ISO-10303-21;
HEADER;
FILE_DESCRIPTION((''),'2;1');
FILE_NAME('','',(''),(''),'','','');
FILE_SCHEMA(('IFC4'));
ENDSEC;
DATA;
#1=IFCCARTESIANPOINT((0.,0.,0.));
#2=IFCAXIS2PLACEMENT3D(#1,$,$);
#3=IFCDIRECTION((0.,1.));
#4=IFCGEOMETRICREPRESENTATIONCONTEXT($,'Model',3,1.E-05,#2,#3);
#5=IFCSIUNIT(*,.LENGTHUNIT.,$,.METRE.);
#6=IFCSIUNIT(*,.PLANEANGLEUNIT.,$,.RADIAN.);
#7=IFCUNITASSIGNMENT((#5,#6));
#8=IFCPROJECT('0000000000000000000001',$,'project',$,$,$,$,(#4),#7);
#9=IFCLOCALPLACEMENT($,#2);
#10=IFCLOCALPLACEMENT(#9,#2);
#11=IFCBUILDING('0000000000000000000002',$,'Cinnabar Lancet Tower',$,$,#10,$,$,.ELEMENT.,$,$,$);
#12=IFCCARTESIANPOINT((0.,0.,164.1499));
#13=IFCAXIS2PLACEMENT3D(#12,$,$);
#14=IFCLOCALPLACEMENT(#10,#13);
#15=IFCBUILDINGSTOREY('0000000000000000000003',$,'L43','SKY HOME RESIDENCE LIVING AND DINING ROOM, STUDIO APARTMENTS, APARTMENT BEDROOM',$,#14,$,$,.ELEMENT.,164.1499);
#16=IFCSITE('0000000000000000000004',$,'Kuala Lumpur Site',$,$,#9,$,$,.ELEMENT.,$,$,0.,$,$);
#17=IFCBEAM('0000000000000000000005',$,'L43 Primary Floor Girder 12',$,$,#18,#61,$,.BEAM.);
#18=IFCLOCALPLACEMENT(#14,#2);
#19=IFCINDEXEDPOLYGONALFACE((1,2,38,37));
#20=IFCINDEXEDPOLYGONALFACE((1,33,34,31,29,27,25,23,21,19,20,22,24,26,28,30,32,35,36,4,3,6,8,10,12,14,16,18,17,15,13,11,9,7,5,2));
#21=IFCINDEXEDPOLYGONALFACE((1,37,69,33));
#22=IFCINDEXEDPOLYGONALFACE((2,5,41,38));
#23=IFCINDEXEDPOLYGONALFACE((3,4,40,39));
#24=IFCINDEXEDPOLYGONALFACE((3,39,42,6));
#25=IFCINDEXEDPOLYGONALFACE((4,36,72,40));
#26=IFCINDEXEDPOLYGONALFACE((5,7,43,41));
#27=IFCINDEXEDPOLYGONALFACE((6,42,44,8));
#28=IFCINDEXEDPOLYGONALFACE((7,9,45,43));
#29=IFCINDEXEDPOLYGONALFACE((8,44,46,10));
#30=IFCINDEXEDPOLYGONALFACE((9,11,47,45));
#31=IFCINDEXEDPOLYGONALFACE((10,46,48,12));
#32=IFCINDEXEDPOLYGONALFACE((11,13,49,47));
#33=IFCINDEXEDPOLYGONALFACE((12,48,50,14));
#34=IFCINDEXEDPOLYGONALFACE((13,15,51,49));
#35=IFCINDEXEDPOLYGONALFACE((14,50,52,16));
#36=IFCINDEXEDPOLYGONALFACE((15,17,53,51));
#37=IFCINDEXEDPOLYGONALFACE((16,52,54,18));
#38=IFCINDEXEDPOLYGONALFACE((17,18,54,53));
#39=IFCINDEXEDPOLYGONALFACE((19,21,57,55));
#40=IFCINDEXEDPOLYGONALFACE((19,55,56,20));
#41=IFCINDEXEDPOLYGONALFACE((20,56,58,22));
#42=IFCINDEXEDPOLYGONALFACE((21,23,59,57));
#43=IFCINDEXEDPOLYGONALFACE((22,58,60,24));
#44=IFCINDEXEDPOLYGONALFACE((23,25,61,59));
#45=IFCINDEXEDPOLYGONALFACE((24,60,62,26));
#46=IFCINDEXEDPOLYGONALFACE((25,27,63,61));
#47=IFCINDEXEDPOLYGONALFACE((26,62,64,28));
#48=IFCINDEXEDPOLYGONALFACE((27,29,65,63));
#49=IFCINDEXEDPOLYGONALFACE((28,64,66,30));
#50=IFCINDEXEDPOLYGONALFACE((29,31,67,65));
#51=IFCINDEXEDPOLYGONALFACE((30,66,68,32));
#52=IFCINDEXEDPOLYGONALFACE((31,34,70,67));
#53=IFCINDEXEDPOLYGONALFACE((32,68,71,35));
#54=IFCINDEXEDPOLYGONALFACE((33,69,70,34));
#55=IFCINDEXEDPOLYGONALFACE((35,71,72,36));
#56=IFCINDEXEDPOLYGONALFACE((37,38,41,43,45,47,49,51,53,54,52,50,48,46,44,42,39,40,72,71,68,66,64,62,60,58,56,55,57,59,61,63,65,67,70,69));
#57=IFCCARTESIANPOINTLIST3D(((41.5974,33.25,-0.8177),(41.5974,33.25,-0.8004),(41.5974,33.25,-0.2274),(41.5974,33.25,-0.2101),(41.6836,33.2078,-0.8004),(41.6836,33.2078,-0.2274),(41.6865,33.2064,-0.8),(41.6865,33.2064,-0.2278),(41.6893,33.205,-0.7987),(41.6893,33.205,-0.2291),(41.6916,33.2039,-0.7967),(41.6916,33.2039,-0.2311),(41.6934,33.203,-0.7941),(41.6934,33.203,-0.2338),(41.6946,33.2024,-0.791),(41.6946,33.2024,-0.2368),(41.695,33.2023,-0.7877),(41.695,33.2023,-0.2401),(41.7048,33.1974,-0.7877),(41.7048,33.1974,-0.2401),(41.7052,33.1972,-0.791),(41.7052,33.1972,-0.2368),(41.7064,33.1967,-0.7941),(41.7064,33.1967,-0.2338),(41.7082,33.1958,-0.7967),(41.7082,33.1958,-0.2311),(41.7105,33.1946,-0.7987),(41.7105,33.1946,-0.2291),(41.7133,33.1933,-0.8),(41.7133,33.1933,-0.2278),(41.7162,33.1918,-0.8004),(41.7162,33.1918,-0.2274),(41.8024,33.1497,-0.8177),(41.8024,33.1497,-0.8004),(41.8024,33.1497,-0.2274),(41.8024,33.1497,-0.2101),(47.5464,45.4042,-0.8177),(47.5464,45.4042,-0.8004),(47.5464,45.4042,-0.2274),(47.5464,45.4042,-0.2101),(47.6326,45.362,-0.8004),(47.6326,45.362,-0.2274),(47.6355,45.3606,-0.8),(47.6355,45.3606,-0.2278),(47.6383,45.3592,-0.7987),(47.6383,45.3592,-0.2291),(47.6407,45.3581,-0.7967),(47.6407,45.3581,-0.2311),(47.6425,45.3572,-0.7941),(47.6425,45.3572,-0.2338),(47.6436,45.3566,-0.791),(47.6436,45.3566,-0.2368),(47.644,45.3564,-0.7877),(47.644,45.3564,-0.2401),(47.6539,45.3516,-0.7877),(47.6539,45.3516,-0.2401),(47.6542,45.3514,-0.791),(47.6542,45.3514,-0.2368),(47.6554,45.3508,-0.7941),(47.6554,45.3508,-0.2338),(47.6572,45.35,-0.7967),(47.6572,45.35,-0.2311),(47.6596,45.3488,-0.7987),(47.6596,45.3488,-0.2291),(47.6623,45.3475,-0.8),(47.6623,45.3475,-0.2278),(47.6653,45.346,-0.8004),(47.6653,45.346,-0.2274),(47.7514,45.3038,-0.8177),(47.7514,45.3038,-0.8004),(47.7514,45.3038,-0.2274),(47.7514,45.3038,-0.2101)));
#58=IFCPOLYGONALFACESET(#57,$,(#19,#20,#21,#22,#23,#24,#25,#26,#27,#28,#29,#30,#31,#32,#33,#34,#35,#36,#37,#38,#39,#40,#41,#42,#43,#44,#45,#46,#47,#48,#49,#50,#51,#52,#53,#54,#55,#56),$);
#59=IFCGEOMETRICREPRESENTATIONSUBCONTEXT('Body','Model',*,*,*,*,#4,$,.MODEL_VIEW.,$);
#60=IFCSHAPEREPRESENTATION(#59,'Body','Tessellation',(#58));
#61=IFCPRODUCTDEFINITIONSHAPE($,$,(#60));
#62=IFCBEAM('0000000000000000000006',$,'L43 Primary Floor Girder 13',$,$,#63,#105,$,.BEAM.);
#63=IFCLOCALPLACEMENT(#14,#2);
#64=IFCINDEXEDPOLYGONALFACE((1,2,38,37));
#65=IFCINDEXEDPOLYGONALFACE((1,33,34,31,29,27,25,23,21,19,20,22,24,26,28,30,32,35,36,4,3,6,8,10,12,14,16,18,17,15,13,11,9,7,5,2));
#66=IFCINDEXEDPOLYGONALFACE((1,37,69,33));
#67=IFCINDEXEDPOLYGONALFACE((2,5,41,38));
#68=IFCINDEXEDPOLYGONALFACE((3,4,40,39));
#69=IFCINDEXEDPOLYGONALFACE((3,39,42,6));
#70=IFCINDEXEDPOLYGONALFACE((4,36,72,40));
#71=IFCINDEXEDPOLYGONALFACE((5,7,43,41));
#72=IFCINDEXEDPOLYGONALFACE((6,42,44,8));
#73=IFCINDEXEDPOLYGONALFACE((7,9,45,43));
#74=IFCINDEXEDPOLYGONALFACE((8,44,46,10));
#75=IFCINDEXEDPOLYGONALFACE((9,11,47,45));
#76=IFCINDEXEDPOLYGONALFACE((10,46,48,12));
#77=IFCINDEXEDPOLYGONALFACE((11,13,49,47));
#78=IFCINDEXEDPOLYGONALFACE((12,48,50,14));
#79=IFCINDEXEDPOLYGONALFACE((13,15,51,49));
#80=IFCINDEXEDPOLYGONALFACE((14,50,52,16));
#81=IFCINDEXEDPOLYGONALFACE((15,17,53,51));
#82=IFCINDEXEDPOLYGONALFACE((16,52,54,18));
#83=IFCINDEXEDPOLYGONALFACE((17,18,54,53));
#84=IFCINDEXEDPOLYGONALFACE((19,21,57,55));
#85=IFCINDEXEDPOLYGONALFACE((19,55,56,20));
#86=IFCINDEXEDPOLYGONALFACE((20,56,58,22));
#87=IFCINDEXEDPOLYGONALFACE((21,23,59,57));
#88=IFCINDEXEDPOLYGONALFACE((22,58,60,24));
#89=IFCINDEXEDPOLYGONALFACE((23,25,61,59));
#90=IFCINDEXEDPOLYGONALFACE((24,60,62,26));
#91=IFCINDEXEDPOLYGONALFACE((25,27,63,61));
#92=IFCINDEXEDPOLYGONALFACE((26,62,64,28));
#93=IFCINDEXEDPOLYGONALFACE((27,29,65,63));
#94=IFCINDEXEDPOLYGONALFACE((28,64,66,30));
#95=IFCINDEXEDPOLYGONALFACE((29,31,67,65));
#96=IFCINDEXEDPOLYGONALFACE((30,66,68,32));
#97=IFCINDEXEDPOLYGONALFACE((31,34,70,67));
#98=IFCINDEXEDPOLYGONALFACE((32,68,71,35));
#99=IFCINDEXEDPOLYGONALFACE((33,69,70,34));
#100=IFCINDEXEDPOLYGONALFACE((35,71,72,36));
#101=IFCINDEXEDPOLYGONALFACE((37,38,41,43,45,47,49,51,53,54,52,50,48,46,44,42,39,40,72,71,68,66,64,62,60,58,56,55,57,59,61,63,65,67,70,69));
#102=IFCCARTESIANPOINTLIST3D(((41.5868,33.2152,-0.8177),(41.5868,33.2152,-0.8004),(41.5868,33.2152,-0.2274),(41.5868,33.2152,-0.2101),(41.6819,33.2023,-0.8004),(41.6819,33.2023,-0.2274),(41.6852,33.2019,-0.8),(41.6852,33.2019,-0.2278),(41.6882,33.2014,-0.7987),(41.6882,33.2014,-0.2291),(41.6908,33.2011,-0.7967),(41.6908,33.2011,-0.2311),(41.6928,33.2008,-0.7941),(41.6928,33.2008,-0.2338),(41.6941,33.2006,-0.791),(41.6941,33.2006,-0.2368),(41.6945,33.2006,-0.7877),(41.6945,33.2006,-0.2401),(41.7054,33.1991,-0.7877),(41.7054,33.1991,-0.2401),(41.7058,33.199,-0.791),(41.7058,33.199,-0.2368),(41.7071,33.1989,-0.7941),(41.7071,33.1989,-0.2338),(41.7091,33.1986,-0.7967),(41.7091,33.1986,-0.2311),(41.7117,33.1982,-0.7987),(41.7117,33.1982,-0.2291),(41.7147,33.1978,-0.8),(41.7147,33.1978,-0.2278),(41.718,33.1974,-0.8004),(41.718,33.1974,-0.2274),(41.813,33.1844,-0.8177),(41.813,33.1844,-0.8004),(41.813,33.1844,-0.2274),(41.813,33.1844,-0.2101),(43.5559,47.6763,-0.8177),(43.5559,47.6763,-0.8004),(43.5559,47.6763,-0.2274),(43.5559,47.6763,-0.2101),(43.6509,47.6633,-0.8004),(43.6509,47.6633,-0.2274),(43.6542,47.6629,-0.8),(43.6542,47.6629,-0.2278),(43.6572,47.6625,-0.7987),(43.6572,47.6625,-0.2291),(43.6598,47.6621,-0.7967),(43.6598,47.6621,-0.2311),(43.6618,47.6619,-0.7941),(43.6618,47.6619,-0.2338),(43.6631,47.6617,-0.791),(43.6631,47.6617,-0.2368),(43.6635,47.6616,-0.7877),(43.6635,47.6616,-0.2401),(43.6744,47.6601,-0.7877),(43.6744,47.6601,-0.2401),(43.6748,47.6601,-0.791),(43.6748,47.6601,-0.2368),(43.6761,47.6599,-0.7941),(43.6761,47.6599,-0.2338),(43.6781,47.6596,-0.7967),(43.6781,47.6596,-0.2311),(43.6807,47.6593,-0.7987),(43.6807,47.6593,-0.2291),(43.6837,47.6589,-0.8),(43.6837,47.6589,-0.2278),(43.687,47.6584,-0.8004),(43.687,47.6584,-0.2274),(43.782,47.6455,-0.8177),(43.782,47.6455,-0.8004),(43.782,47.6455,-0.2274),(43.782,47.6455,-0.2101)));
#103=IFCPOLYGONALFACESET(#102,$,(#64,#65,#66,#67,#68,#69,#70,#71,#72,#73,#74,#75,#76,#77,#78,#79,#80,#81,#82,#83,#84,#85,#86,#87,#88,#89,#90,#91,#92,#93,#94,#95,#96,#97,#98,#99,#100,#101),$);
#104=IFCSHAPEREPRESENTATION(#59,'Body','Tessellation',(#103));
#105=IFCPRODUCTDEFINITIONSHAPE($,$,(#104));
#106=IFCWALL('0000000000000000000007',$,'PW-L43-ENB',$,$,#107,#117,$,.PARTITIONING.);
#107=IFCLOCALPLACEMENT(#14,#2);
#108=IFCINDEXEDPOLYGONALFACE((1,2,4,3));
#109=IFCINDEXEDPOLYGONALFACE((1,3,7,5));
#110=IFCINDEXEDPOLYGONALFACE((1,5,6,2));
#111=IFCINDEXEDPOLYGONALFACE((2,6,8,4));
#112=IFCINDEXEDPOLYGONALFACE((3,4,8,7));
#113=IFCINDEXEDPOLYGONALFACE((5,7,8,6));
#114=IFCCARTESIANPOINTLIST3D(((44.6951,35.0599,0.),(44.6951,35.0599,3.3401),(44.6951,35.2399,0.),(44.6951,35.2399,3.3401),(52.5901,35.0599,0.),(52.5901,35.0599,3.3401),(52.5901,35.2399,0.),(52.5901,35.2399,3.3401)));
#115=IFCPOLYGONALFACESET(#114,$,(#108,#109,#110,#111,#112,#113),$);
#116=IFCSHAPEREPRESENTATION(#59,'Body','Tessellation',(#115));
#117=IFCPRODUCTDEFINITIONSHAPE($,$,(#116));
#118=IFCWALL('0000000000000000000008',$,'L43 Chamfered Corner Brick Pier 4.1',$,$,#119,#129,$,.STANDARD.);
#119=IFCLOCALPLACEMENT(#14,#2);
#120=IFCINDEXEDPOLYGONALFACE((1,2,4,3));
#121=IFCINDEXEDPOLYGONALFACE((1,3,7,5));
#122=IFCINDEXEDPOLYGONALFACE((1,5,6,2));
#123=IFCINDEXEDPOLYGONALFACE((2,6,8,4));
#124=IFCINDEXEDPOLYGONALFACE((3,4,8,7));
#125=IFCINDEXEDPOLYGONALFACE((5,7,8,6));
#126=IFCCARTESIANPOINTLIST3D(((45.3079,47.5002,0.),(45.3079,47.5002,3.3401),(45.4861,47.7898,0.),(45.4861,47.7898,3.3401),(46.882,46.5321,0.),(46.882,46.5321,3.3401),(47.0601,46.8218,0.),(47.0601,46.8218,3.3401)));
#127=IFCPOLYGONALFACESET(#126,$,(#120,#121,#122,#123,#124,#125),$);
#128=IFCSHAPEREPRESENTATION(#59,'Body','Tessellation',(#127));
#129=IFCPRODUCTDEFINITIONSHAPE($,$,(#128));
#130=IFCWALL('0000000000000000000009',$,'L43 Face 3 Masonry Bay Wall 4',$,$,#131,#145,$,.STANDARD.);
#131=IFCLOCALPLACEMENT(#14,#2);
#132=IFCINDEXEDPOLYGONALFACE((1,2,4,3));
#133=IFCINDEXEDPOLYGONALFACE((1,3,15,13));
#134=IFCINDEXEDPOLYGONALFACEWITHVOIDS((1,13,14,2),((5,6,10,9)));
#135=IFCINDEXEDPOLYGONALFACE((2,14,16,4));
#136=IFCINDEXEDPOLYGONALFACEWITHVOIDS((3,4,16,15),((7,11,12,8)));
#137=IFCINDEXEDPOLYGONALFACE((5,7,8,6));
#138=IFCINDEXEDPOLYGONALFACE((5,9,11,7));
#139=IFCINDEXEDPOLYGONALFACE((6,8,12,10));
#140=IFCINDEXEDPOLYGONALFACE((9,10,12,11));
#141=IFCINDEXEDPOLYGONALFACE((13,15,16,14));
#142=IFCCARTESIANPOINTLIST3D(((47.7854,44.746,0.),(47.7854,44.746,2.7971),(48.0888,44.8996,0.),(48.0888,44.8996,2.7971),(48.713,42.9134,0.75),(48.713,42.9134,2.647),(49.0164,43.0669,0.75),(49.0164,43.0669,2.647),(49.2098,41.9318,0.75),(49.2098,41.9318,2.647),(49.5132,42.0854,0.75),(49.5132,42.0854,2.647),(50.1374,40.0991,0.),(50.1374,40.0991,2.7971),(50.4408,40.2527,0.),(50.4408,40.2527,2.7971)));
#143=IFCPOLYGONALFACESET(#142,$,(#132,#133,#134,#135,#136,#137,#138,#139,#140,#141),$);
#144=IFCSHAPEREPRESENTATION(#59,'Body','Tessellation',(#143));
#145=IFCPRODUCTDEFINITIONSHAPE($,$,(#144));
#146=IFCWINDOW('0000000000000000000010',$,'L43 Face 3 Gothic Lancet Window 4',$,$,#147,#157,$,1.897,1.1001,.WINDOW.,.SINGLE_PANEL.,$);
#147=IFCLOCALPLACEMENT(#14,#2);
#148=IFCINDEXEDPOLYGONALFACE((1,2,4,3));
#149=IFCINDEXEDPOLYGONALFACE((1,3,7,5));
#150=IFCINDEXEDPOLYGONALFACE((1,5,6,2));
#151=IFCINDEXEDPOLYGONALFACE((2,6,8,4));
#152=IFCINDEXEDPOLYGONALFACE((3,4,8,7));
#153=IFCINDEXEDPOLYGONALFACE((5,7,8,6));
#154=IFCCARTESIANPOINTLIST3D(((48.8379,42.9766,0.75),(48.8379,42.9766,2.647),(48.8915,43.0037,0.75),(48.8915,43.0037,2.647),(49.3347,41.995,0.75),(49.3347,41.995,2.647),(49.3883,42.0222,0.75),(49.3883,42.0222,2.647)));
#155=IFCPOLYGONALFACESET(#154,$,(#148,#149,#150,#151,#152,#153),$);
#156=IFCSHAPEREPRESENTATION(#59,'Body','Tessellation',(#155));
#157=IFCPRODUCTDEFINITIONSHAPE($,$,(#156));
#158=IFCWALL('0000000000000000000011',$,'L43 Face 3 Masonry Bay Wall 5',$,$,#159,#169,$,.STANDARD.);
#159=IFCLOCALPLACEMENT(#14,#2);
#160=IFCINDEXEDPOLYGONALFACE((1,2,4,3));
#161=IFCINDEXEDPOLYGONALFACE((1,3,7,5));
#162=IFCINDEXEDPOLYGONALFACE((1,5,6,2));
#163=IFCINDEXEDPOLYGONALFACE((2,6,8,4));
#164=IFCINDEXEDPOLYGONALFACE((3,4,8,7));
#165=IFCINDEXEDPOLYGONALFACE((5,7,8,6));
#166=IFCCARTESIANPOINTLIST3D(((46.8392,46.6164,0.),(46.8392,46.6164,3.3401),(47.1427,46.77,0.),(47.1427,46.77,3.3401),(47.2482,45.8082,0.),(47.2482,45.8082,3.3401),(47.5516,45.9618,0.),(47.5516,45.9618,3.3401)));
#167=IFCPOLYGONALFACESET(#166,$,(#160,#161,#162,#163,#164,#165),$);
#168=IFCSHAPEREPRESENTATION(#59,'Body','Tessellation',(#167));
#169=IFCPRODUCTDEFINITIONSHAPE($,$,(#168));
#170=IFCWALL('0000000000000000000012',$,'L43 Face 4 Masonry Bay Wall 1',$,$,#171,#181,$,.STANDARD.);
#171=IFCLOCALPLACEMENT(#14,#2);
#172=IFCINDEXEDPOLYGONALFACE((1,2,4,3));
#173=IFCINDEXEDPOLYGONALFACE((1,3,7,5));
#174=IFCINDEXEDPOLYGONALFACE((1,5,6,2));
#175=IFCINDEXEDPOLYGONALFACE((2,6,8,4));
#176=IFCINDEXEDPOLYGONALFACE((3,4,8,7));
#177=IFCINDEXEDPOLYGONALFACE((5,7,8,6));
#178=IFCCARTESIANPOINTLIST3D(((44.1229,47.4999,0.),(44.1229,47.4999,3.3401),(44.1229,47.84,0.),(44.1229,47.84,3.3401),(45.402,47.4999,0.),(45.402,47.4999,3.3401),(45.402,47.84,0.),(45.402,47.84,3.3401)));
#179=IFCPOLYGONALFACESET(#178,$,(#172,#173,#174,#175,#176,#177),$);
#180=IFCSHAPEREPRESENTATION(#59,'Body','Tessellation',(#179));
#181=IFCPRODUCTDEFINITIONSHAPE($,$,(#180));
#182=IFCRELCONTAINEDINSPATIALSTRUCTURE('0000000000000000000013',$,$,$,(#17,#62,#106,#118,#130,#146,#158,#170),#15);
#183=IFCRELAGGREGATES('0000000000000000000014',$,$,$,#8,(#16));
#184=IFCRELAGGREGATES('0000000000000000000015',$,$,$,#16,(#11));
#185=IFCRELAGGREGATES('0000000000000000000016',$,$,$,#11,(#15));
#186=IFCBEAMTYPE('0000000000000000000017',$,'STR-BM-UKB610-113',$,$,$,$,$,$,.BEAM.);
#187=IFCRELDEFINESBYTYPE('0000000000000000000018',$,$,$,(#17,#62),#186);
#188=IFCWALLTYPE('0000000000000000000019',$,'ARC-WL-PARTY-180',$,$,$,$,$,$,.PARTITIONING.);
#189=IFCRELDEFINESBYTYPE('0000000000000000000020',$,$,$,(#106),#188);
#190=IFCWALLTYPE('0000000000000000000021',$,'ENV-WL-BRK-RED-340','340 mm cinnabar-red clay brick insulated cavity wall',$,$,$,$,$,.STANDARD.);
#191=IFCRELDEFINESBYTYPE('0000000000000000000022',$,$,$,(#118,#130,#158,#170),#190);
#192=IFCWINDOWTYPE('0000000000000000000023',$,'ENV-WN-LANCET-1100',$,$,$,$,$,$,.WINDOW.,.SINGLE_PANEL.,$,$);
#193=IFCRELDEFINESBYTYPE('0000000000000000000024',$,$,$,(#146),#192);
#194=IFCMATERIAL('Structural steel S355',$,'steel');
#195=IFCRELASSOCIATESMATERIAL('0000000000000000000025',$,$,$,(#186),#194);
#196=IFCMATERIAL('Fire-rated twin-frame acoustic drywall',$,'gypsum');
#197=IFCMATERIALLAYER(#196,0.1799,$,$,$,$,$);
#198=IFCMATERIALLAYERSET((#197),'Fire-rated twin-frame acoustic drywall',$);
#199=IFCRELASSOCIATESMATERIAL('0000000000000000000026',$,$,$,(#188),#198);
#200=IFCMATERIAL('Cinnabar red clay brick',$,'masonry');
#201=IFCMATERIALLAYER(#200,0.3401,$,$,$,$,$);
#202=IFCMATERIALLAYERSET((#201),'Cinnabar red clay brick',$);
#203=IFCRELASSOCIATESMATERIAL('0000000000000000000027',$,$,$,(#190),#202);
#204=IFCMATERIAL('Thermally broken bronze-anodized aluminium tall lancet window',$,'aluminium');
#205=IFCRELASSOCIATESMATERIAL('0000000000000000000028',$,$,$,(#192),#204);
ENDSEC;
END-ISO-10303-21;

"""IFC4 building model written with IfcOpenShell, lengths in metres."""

from ifc_helpers import new_model, si_unit, direction, frame, frame_2d, origin, origin_2d, place, context, subcontext, project, spatial, rectangle, i_section, extrude, material, layer, layer_set, material_profile, profile_set, type_object, element, fill, save


model = new_model("IFC4")

# Units and contexts
model_context = context("Model", 3, precision=1e-05, world=origin(), true_north=direction((0.0, 1.0)))
body_context = subcontext(model_context, "Body", "Model", "MODEL_VIEW")
ifc_project = project(units=[si_unit("LENGTHUNIT", "METRE"), si_unit("PLANEANGLEUNIT", "RADIAN")], contexts=[model_context])

# Site, building, storey
site_placement = place(None, origin())
site = spatial("IfcSite", under=ifc_project, at=site_placement, Name="Kuala Lumpur Site", CompositionType="ELEMENT", RefElevation=0.0)
building_placement = place(site_placement, origin())
building = spatial("IfcBuilding", under=site, at=building_placement, Name="Cinnabar Lancet Tower", CompositionType="ELEMENT")
storey_placement = place(building_placement, frame((0.0, 0.0, 164.1499)))
storey = spatial("IfcBuildingStorey", under=building, at=storey_placement, Name="L43", Description="SKY HOME RESIDENCE LIVING AND DINING ROOM, STUDIO APARTMENTS, APARTMENT BEDROOM", CompositionType="ELEMENT", Elevation=164.1499)

# Beams
ifc_material_1 = material(Name="Structural steel S355", Category="steel")
ifc_material_profile_1 = material_profile(ifc_material_1, i_section(OverallWidth=0.2283, OverallDepth=0.6077, WebThickness=0.011, FlangeThickness=0.0173, FilletRadius=0.0127, at=origin_2d()), Name="UKB 610x229x113")
ifc_profile_set_1 = profile_set([ifc_material_profile_1], Name="Structural steel S355")
beam_type_1 = type_object("IfcBeamType", Name="STR-BM-UKB610-113", PredefinedType="BEAM", material=ifc_profile_set_1)
beam_1_placement = place(storey_placement, frame((47.6489, 45.354, -0.5139), z_axis=(-0.439627, -0.89818, 0.0), x_axis=(0.89818, -0.439627, 0.0)))
element("IfcBeam", 1, at=beam_1_placement, inside=storey, type_object=beam_type_1, Name="L43 Primary Floor Girder 12", PredefinedType="BEAM", context=body_context, shape_type="SweptSolid", body=[
    extrude(i_section(OverallWidth=0.2283, OverallDepth=0.6077, WebThickness=0.011, FlangeThickness=0.0173, FilletRadius=0.0127, at=origin_2d()), origin(), (0.0, 0.0, 1.0), 13.532),
])
beam_2_placement = place(storey_placement, frame((43.6689, 47.6609, -0.5139), z_axis=(-0.134915, -0.990857, 0.0), x_axis=(0.990857, -0.134915, 0.0)))
element("IfcBeam", 2, at=beam_2_placement, inside=storey, type_object=beam_type_1, Name="L43 Primary Floor Girder 13", PredefinedType="BEAM", context=body_context, shape_type="SweptSolid", body=[
    extrude(i_section(OverallWidth=0.2283, OverallDepth=0.6077, WebThickness=0.011, FlangeThickness=0.0173, FilletRadius=0.0127, at=origin_2d()), origin(), (0.0, 0.0, 1.0), 14.5945),
])

# Walls
ifc_material_2 = material(Name="Fire-rated twin-frame acoustic drywall", Category="gypsum")
ifc_layer_1 = layer(ifc_material_2, 0.1799)
ifc_layer_set_1 = layer_set([ifc_layer_1], Name="Fire-rated twin-frame acoustic drywall")
wall_type_1 = type_object("IfcWallType", Name="ARC-WL-PARTY-180", PredefinedType="PARTITIONING", material=ifc_layer_set_1)
wall_1_placement = place(storey_placement, frame((44.6951, 35.1499, 0.0), z_axis=(0.0, 0.0, 1.0), x_axis=(1.0, 0.0, 0.0)))
element("IfcWall", 3, at=wall_1_placement, inside=storey, type_object=wall_type_1, Name="PW-L43-ENB", PredefinedType="PARTITIONING", context=body_context, shape_type="SweptSolid", body=[
    extrude(rectangle(XDim=7.895, YDim=0.1799, at=frame_2d((3.9475, 0.0))), origin(), (0.0, 0.0, 1.0), 3.3401),
])
ifc_material_3 = material(Name="Cinnabar red clay brick", Category="masonry")
ifc_layer_2 = layer(ifc_material_3, 0.3401)
ifc_layer_set_2 = layer_set([ifc_layer_2], Name="Cinnabar red clay brick")
wall_type_2 = type_object("IfcWallType", Name="ENV-WL-BRK-RED-340", Description="340 mm cinnabar-red clay brick insulated cavity wall", PredefinedType="STANDARD", material=ifc_layer_set_2)
wall_2_placement = place(storey_placement, frame((46.9709, 46.677, 0.0), z_axis=(0.0, 0.0, 1.0), x_axis=(-0.851799, 0.523869, 0.0)))
element("IfcWall", 4, at=wall_2_placement, inside=storey, type_object=wall_type_2, Name="L43 Chamfered Corner Brick Pier 4.1", PredefinedType="STANDARD", context=body_context, shape_type="SweptSolid", body=[
    extrude(rectangle(XDim=1.8479, YDim=0.3401, at=frame_2d((0.9238, 0.0))), origin(), (0.0, 0.0, 1.0), 3.3401),
])

# Wall, opening, window
wall_3_placement = place(storey_placement, frame((50.2891, 40.176, 0.0), z_axis=(0.0, 0.0, 1.0), x_axis=(-0.451596, 0.892223, 0.0)))
wall_3 = element("IfcWall", 5, at=wall_3_placement, inside=storey, type_object=wall_type_2, Name="L43 Face 3 Masonry Bay Wall 4", PredefinedType="STANDARD", context=body_context, shape_type="SweptSolid", body=[
    extrude(rectangle(XDim=5.2083, YDim=0.3401, at=frame_2d((2.604, 0.0))), origin(), (0.0, 0.0, 1.0), 2.7971),
])
opening_placement = place(wall_3_placement, frame((2.054, 0.0, 0.75)))
opening = element("IfcOpeningElement", 6, at=opening_placement, cuts=wall_3, PredefinedType="OPENING", context=body_context, shape_type="SweptSolid", body=[
    extrude(rectangle(XDim=1.1001, YDim=1.897, at=frame_2d((0.55, 0.9485))), frame((0.0, 0.1799, 0.0), z_axis=(0.0, -1.0, 0.0), x_axis=(1.0, 0.0, 0.0)), (0.0, 0.0, 1.0), 0.3601),
])
ifc_material_4 = material(Name="Thermally broken bronze-anodized aluminium tall lancet window", Category="aluminium")
window_type = type_object("IfcWindowType", Name="ENV-WN-LANCET-1100", PartitioningType="SINGLE_PANEL", PredefinedType="WINDOW", material=ifc_material_4)
window_placement = place(opening_placement, origin())
window = element("IfcWindow", 7, at=window_placement, inside=storey, type_object=window_type, Name="L43 Face 3 Gothic Lancet Window 4", OverallHeight=1.897, OverallWidth=1.1001, PartitioningType="SINGLE_PANEL", PredefinedType="WINDOW", context=body_context, shape_type="SweptSolid", body=[
    extrude(rectangle(XDim=1.1001, YDim=1.897, at=frame_2d((0.55, 0.9485))), frame((0.0, 0.03, 0.0), z_axis=(0.0, -1.0, 0.0), x_axis=(1.0, 0.0, 0.0)), (0.0, 0.0, 1.0), 0.0601),
])
fill(opening, window)

# Walls
wall_4_placement = place(storey_placement, frame((47.3999, 45.885, 0.0), z_axis=(0.0, 0.0, 1.0), x_axis=(-0.451521, 0.89226, 0.0)))
element("IfcWall", 8, at=wall_4_placement, inside=storey, type_object=wall_type_2, Name="L43 Face 3 Masonry Bay Wall 5", PredefinedType="STANDARD", context=body_context, shape_type="SweptSolid", body=[
    extrude(rectangle(XDim=0.9058, YDim=0.3401, at=frame_2d((0.4529, 0.0))), origin(), (0.0, 0.0, 1.0), 3.3401),
])
wall_5_placement = place(storey_placement, frame((45.4021, 47.6699, 0.0), z_axis=(0.0, 0.0, 1.0), x_axis=(-1.0, 0.0, 0.0)))
element("IfcWall", 9, at=wall_5_placement, inside=storey, type_object=wall_type_2, Name="L43 Face 4 Masonry Bay Wall 1", PredefinedType="STANDARD", context=body_context, shape_type="SweptSolid", body=[
    extrude(rectangle(XDim=1.2791, YDim=0.3401, at=frame_2d((0.6396, 0.0))), origin(), (0.0, 0.0, 1.0), 3.3401),
])

save(model, "model.ifc")
